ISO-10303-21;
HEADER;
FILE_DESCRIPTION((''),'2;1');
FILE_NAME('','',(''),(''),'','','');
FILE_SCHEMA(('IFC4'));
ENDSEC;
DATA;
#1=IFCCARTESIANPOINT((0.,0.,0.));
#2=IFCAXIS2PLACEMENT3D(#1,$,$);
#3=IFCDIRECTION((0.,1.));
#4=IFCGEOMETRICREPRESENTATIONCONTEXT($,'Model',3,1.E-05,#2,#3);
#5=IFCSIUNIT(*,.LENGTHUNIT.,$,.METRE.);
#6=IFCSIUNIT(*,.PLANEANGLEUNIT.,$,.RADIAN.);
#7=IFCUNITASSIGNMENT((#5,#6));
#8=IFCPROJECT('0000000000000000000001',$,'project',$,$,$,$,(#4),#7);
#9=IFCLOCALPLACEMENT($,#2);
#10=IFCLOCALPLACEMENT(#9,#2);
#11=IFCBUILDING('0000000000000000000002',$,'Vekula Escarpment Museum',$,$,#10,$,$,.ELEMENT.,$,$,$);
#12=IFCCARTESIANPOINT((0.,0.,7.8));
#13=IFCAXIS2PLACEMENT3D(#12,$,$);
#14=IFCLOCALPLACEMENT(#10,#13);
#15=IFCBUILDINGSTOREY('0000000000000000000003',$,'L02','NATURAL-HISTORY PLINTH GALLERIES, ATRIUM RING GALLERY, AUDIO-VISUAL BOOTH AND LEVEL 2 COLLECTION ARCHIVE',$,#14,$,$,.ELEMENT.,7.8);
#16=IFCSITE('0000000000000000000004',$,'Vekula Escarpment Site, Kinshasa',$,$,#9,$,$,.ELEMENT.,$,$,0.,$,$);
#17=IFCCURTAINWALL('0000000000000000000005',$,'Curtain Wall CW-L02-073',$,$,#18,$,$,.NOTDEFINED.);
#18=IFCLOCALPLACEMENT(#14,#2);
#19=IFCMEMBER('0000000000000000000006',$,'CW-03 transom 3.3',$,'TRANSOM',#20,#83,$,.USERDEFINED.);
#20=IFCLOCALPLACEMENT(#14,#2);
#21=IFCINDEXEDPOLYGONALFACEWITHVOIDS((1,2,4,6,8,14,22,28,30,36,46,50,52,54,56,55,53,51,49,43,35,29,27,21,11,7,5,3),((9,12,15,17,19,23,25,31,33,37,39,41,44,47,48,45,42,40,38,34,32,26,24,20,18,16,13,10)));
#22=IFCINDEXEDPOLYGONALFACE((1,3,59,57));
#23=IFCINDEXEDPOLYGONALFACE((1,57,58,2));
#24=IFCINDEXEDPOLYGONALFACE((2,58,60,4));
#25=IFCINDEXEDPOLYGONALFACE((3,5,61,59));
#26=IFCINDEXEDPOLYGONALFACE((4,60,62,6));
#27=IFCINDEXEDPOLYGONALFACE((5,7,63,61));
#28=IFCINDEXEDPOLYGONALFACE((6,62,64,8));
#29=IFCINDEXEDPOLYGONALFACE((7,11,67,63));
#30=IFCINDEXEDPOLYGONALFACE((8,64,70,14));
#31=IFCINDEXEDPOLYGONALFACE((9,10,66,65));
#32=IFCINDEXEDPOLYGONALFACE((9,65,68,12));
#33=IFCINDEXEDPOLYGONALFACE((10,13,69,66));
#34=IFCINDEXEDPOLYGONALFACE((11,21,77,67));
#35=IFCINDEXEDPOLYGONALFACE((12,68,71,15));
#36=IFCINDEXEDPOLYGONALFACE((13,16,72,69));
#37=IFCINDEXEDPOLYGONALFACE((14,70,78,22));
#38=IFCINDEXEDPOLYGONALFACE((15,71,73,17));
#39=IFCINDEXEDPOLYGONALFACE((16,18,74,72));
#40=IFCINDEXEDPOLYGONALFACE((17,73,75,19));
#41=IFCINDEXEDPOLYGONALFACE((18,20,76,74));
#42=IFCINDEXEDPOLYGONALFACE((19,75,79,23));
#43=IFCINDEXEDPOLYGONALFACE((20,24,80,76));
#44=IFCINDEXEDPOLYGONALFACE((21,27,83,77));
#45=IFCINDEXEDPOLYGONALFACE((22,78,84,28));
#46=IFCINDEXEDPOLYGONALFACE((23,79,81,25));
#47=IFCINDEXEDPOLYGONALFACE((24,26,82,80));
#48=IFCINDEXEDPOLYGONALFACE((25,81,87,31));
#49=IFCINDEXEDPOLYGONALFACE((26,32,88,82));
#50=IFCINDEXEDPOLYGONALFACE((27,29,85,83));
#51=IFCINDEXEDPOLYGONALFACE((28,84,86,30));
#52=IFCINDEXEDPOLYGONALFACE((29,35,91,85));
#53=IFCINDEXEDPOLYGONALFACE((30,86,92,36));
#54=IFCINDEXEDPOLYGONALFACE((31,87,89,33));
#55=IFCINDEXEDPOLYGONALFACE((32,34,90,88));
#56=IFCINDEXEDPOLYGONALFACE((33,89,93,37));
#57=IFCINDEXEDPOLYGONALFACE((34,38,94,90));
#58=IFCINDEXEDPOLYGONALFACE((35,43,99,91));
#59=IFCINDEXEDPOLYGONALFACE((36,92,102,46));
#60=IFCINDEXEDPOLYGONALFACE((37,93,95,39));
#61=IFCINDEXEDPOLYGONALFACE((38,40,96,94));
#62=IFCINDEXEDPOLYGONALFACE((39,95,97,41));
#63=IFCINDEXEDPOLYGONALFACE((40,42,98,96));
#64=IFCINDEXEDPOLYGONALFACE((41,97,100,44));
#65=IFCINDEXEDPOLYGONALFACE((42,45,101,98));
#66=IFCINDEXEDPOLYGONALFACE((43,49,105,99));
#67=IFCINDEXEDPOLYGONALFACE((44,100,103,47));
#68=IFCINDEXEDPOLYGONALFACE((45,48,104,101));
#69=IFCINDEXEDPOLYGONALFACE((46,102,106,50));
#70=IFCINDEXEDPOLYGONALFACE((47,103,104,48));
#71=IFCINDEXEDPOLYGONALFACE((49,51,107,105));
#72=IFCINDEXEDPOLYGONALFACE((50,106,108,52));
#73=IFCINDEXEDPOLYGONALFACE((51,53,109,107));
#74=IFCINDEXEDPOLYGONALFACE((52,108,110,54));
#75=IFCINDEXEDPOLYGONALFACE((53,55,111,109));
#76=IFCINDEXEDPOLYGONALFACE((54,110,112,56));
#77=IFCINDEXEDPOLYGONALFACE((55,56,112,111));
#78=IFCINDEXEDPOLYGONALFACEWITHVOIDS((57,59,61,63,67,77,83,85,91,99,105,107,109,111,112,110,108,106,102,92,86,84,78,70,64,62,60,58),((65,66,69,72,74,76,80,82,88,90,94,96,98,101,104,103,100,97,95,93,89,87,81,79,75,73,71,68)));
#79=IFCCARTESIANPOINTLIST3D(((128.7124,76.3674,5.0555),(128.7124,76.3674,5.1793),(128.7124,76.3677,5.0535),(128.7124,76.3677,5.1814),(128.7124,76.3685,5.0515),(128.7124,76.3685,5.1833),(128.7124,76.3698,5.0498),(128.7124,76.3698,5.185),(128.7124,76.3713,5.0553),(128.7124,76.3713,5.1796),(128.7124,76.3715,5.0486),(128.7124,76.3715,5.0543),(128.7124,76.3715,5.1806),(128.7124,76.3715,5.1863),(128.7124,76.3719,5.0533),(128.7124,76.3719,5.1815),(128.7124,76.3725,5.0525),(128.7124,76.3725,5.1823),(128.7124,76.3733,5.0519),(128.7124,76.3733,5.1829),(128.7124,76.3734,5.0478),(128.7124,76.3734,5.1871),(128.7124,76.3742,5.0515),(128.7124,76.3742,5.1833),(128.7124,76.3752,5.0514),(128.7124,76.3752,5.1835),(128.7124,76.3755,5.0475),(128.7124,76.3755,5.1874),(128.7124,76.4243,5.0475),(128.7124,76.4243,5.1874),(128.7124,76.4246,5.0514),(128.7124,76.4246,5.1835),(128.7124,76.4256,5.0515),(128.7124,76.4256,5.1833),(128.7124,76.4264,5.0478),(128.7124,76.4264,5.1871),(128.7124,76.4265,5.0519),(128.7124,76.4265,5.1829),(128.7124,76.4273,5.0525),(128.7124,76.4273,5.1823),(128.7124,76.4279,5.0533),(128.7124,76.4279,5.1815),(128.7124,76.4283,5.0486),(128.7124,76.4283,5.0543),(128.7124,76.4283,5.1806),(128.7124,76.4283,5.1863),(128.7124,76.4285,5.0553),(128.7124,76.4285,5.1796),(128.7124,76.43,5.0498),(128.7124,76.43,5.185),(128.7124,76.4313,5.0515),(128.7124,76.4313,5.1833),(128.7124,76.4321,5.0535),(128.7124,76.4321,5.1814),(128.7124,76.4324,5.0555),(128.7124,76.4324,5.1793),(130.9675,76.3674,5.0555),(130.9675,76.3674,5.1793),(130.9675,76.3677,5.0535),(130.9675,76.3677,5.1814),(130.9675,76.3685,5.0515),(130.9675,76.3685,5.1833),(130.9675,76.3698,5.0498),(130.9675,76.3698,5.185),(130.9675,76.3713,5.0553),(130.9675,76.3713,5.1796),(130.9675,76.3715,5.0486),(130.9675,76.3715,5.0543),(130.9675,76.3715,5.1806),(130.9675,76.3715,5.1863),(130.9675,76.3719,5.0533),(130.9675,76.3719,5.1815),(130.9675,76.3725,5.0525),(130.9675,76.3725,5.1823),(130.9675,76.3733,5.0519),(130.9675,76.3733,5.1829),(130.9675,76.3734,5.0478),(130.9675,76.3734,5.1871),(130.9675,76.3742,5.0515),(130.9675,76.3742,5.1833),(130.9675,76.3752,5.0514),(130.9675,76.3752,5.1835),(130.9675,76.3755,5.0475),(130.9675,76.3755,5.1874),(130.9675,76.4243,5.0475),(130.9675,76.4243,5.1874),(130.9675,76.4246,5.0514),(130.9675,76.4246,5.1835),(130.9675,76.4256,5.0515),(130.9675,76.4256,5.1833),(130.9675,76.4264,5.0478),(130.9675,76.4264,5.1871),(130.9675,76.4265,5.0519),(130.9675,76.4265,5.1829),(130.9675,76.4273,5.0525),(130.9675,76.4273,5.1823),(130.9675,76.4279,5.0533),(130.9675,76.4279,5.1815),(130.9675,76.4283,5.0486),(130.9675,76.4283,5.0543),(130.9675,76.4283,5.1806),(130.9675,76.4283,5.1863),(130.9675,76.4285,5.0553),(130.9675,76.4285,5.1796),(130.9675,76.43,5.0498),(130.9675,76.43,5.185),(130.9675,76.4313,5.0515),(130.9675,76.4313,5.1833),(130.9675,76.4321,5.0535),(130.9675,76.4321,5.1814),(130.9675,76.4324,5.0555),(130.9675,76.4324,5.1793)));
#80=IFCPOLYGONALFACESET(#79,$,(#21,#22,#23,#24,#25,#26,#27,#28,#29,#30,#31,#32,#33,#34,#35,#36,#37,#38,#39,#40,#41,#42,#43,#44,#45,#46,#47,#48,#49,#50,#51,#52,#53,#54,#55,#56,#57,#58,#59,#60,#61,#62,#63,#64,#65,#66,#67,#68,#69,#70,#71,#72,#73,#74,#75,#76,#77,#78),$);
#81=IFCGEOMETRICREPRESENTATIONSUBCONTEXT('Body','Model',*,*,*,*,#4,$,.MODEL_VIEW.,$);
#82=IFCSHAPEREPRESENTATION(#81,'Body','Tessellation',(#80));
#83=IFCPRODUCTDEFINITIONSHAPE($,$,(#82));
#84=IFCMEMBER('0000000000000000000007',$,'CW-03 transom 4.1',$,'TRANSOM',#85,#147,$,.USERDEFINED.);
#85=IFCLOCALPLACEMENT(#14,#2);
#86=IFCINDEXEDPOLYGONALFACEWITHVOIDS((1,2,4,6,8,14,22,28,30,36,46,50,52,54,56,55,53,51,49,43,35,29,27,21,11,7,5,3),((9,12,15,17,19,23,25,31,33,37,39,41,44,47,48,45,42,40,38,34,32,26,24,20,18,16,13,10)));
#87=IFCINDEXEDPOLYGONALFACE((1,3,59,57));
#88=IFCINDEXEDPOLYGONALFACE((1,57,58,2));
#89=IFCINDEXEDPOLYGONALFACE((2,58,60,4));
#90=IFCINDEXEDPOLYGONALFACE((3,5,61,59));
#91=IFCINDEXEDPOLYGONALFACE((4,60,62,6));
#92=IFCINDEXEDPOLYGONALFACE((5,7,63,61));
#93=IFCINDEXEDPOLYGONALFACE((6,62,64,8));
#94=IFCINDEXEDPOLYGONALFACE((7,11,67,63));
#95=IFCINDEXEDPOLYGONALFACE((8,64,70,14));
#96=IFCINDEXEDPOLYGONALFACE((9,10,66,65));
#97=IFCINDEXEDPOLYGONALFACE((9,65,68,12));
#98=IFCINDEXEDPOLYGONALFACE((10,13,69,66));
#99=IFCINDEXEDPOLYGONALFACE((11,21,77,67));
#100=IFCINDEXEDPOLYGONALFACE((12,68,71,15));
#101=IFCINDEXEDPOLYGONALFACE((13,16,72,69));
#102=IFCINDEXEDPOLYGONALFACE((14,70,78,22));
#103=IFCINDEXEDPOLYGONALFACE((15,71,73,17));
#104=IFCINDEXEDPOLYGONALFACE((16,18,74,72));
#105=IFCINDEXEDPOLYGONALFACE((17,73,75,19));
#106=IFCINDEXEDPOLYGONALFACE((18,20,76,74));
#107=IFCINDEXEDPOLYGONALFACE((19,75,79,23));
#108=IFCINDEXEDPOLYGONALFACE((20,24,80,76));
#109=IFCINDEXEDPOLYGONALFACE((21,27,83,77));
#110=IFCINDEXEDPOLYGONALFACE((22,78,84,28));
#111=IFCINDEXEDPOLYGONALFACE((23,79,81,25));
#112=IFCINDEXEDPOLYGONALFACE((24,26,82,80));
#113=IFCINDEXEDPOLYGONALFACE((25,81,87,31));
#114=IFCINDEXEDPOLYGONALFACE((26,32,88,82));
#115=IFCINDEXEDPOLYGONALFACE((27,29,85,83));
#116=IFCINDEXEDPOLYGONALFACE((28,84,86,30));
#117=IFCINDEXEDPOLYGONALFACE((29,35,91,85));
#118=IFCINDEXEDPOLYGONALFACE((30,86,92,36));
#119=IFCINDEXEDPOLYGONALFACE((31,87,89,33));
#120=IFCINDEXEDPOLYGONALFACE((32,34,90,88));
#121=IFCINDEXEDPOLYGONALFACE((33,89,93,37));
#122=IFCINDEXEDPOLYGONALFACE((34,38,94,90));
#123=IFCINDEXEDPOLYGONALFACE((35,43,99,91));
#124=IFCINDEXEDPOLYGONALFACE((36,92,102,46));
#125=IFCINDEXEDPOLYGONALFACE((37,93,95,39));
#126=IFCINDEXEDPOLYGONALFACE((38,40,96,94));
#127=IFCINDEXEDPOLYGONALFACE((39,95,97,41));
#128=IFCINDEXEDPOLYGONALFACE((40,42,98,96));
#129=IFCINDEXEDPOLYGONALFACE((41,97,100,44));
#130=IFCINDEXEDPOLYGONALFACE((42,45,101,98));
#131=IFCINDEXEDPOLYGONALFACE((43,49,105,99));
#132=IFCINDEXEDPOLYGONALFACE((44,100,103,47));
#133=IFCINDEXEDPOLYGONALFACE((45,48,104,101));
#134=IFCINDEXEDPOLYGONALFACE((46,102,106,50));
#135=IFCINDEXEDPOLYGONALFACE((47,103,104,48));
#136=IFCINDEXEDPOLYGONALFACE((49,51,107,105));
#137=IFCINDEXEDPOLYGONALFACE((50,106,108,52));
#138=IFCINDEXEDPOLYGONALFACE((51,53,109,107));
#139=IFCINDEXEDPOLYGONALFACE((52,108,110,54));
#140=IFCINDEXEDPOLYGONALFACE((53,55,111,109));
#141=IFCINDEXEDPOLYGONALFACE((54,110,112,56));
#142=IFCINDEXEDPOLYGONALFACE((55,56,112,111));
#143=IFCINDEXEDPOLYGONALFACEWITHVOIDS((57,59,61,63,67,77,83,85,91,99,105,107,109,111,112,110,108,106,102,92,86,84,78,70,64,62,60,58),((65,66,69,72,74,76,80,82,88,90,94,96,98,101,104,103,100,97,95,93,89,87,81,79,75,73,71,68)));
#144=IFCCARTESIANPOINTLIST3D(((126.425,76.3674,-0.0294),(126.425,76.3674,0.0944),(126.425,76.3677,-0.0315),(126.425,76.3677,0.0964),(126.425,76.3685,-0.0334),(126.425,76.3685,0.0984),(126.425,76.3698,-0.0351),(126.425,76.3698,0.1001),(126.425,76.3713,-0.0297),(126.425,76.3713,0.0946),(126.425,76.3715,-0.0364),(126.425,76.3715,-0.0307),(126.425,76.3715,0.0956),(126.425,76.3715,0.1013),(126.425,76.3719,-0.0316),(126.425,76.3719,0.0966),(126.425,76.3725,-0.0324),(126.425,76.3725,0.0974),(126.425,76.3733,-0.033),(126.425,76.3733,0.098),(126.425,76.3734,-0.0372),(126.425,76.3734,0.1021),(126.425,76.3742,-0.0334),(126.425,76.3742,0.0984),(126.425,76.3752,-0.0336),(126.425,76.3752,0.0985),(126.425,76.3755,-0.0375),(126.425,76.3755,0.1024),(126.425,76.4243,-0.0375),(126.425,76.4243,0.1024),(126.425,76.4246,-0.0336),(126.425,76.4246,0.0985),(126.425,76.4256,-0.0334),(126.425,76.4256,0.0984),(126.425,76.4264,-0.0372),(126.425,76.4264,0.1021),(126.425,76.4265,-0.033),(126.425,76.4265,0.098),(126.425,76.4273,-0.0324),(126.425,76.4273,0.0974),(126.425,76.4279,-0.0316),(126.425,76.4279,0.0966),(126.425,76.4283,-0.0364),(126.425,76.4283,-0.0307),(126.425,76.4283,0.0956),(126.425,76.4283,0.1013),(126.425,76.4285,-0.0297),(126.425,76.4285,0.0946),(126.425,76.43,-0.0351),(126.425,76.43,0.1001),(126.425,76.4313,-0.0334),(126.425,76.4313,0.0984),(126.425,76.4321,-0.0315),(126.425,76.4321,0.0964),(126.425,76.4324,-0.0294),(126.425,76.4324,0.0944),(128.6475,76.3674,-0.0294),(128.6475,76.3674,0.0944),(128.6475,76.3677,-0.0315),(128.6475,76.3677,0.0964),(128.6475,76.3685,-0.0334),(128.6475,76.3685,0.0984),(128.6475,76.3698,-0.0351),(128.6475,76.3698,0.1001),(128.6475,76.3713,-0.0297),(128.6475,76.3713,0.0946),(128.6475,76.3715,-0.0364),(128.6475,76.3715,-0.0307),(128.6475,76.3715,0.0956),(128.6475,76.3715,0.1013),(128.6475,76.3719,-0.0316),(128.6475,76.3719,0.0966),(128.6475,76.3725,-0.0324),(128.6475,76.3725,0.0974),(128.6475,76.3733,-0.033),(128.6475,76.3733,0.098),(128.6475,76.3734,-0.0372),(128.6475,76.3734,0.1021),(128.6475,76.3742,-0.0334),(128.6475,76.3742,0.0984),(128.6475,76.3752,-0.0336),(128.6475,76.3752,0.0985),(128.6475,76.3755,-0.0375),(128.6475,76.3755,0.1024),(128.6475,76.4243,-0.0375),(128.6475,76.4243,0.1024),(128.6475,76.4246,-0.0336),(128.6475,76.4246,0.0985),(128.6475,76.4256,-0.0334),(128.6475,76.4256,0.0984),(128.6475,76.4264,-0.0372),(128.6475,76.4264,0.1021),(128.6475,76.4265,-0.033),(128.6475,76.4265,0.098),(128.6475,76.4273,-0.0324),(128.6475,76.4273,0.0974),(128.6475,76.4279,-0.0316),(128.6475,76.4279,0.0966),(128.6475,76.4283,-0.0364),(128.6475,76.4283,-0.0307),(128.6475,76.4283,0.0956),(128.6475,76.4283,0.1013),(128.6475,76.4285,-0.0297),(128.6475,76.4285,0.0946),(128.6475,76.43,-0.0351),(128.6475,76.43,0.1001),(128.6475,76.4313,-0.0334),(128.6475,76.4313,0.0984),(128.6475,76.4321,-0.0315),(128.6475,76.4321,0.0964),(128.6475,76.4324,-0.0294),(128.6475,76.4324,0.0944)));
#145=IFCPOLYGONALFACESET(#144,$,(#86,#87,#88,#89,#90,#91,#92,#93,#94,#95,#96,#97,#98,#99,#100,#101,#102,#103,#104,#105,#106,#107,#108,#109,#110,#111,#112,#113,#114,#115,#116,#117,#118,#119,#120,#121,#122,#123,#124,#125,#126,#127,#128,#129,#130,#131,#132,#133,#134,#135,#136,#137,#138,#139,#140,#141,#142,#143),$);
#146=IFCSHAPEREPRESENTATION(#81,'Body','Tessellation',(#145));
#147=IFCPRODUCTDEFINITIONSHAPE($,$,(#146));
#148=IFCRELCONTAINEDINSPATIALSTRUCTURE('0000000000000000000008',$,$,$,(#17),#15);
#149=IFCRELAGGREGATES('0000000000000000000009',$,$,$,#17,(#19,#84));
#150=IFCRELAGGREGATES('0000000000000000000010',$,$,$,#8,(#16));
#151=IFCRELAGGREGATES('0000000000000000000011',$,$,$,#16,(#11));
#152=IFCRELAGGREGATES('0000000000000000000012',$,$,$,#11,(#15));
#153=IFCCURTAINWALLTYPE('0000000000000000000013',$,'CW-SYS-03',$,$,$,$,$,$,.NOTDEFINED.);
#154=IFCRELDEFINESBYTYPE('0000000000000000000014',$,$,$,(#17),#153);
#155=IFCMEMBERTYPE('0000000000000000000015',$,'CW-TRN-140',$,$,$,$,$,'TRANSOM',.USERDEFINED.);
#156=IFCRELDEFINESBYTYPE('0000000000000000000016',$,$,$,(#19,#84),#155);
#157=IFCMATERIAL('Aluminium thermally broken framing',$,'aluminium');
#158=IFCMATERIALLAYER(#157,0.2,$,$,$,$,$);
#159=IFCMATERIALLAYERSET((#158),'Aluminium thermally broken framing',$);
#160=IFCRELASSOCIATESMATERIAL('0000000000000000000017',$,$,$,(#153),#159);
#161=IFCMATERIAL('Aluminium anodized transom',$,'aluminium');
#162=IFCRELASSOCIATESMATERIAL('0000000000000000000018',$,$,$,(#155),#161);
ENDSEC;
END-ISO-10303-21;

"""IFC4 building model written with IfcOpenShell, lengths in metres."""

from ifc_helpers import new_model, si_unit, direction, frame, origin, origin_2d, place, context, subcontext, project, spatial, hollow_rectangle, extrude, material, layer, layer_set, material_profile, profile_set, type_object, element, aggregate, save


model = new_model("IFC4")

# Units and contexts
model_context = context("Model", 3, precision=1e-05, world=origin(), true_north=direction((0.0, 1.0)))
body_context = subcontext(model_context, "Body", "Model", "MODEL_VIEW")
ifc_project = project(units=[si_unit("LENGTHUNIT", "METRE"), si_unit("PLANEANGLEUNIT", "RADIAN")], contexts=[model_context])

# Site, building, storey
site_placement = place(None, origin())
site = spatial("IfcSite", under=ifc_project, at=site_placement, Name="Vekula Escarpment Site, Kinshasa", CompositionType="ELEMENT", RefElevation=0.0)
building_placement = place(site_placement, origin())
building = spatial("IfcBuilding", under=site, at=building_placement, Name="Vekula Escarpment Museum", CompositionType="ELEMENT")
storey_placement = place(building_placement, frame((0.0, 0.0, 7.8)))
storey = spatial("IfcBuildingStorey", under=building, at=storey_placement, Name="L02", Description="NATURAL-HISTORY PLINTH GALLERIES, ATRIUM RING GALLERY, AUDIO-VISUAL BOOTH AND LEVEL 2 COLLECTION ARCHIVE", CompositionType="ELEMENT", Elevation=7.8)

# Curtain wall, members
ifc_material_1 = material(Name="Aluminium thermally broken framing", Category="aluminium")
ifc_layer_1 = layer(ifc_material_1, 0.2)
ifc_layer_set_1 = layer_set([ifc_layer_1], Name="Aluminium thermally broken framing")
curtain_wall_type = type_object("IfcCurtainWallType", Name="CW-SYS-03", PredefinedType="NOTDEFINED", material=ifc_layer_set_1)
curtain_wall_placement = place(storey_placement, origin())
curtain_wall = element("IfcCurtainWall", 1, at=curtain_wall_placement, inside=storey, type_object=curtain_wall_type, Name="Curtain Wall CW-L02-073", PredefinedType="NOTDEFINED")
ifc_material_2 = material(Name="Aluminium anodized transom", Category="aluminium")
ifc_material_profile_1 = material_profile(ifc_material_2, hollow_rectangle(XDim=0.0649, YDim=0.1399, WallThickness=0.0039, InnerFilletRadius=0.0039, OuterFilletRadius=0.0081, at=origin_2d()), Name="ALU 140x65x4")
ifc_profile_set_1 = profile_set([ifc_material_profile_1], Name="Aluminium anodized transom")
member_type_1 = type_object("IfcMemberType", Name="CW-TRN-140", ElementType="TRANSOM", PredefinedType="USERDEFINED", material=ifc_profile_set_1)
member_1_placement = place(storey_placement, frame((130.9675, 76.3999, 5.1174), z_axis=(-1.0, 0.0, 0.0), x_axis=(0.0, -1.0, 0.0)))
member_1 = element("IfcMember", 2, at=member_1_placement, type_object=member_type_1, Name="CW-03 transom 3.3", ObjectType="TRANSOM", PredefinedType="USERDEFINED", context=body_context, shape_type="SweptSolid", body=[
    extrude(hollow_rectangle(XDim=0.0649, YDim=0.1399, WallThickness=0.0039, InnerFilletRadius=0.0039, OuterFilletRadius=0.0081, at=origin_2d()), origin(), (0.0, 0.0, 1.0), 2.2551),
])
member_2_placement = place(storey_placement, frame((128.6475, 76.3999, 0.0325), z_axis=(-1.0, 0.0, 0.0), x_axis=(0.0, -1.0, 0.0)))
member_2 = element("IfcMember", 3, at=member_2_placement, type_object=member_type_1, Name="CW-03 transom 4.1", ObjectType="TRANSOM", PredefinedType="USERDEFINED", context=body_context, shape_type="SweptSolid", body=[
    extrude(hollow_rectangle(XDim=0.0649, YDim=0.1399, WallThickness=0.0039, InnerFilletRadius=0.0039, OuterFilletRadius=0.0081, at=origin_2d()), origin(), (0.0, 0.0, 1.0), 2.2224),
])
aggregate(curtain_wall, [member_1, member_2])

save(model, "model.ifc")
